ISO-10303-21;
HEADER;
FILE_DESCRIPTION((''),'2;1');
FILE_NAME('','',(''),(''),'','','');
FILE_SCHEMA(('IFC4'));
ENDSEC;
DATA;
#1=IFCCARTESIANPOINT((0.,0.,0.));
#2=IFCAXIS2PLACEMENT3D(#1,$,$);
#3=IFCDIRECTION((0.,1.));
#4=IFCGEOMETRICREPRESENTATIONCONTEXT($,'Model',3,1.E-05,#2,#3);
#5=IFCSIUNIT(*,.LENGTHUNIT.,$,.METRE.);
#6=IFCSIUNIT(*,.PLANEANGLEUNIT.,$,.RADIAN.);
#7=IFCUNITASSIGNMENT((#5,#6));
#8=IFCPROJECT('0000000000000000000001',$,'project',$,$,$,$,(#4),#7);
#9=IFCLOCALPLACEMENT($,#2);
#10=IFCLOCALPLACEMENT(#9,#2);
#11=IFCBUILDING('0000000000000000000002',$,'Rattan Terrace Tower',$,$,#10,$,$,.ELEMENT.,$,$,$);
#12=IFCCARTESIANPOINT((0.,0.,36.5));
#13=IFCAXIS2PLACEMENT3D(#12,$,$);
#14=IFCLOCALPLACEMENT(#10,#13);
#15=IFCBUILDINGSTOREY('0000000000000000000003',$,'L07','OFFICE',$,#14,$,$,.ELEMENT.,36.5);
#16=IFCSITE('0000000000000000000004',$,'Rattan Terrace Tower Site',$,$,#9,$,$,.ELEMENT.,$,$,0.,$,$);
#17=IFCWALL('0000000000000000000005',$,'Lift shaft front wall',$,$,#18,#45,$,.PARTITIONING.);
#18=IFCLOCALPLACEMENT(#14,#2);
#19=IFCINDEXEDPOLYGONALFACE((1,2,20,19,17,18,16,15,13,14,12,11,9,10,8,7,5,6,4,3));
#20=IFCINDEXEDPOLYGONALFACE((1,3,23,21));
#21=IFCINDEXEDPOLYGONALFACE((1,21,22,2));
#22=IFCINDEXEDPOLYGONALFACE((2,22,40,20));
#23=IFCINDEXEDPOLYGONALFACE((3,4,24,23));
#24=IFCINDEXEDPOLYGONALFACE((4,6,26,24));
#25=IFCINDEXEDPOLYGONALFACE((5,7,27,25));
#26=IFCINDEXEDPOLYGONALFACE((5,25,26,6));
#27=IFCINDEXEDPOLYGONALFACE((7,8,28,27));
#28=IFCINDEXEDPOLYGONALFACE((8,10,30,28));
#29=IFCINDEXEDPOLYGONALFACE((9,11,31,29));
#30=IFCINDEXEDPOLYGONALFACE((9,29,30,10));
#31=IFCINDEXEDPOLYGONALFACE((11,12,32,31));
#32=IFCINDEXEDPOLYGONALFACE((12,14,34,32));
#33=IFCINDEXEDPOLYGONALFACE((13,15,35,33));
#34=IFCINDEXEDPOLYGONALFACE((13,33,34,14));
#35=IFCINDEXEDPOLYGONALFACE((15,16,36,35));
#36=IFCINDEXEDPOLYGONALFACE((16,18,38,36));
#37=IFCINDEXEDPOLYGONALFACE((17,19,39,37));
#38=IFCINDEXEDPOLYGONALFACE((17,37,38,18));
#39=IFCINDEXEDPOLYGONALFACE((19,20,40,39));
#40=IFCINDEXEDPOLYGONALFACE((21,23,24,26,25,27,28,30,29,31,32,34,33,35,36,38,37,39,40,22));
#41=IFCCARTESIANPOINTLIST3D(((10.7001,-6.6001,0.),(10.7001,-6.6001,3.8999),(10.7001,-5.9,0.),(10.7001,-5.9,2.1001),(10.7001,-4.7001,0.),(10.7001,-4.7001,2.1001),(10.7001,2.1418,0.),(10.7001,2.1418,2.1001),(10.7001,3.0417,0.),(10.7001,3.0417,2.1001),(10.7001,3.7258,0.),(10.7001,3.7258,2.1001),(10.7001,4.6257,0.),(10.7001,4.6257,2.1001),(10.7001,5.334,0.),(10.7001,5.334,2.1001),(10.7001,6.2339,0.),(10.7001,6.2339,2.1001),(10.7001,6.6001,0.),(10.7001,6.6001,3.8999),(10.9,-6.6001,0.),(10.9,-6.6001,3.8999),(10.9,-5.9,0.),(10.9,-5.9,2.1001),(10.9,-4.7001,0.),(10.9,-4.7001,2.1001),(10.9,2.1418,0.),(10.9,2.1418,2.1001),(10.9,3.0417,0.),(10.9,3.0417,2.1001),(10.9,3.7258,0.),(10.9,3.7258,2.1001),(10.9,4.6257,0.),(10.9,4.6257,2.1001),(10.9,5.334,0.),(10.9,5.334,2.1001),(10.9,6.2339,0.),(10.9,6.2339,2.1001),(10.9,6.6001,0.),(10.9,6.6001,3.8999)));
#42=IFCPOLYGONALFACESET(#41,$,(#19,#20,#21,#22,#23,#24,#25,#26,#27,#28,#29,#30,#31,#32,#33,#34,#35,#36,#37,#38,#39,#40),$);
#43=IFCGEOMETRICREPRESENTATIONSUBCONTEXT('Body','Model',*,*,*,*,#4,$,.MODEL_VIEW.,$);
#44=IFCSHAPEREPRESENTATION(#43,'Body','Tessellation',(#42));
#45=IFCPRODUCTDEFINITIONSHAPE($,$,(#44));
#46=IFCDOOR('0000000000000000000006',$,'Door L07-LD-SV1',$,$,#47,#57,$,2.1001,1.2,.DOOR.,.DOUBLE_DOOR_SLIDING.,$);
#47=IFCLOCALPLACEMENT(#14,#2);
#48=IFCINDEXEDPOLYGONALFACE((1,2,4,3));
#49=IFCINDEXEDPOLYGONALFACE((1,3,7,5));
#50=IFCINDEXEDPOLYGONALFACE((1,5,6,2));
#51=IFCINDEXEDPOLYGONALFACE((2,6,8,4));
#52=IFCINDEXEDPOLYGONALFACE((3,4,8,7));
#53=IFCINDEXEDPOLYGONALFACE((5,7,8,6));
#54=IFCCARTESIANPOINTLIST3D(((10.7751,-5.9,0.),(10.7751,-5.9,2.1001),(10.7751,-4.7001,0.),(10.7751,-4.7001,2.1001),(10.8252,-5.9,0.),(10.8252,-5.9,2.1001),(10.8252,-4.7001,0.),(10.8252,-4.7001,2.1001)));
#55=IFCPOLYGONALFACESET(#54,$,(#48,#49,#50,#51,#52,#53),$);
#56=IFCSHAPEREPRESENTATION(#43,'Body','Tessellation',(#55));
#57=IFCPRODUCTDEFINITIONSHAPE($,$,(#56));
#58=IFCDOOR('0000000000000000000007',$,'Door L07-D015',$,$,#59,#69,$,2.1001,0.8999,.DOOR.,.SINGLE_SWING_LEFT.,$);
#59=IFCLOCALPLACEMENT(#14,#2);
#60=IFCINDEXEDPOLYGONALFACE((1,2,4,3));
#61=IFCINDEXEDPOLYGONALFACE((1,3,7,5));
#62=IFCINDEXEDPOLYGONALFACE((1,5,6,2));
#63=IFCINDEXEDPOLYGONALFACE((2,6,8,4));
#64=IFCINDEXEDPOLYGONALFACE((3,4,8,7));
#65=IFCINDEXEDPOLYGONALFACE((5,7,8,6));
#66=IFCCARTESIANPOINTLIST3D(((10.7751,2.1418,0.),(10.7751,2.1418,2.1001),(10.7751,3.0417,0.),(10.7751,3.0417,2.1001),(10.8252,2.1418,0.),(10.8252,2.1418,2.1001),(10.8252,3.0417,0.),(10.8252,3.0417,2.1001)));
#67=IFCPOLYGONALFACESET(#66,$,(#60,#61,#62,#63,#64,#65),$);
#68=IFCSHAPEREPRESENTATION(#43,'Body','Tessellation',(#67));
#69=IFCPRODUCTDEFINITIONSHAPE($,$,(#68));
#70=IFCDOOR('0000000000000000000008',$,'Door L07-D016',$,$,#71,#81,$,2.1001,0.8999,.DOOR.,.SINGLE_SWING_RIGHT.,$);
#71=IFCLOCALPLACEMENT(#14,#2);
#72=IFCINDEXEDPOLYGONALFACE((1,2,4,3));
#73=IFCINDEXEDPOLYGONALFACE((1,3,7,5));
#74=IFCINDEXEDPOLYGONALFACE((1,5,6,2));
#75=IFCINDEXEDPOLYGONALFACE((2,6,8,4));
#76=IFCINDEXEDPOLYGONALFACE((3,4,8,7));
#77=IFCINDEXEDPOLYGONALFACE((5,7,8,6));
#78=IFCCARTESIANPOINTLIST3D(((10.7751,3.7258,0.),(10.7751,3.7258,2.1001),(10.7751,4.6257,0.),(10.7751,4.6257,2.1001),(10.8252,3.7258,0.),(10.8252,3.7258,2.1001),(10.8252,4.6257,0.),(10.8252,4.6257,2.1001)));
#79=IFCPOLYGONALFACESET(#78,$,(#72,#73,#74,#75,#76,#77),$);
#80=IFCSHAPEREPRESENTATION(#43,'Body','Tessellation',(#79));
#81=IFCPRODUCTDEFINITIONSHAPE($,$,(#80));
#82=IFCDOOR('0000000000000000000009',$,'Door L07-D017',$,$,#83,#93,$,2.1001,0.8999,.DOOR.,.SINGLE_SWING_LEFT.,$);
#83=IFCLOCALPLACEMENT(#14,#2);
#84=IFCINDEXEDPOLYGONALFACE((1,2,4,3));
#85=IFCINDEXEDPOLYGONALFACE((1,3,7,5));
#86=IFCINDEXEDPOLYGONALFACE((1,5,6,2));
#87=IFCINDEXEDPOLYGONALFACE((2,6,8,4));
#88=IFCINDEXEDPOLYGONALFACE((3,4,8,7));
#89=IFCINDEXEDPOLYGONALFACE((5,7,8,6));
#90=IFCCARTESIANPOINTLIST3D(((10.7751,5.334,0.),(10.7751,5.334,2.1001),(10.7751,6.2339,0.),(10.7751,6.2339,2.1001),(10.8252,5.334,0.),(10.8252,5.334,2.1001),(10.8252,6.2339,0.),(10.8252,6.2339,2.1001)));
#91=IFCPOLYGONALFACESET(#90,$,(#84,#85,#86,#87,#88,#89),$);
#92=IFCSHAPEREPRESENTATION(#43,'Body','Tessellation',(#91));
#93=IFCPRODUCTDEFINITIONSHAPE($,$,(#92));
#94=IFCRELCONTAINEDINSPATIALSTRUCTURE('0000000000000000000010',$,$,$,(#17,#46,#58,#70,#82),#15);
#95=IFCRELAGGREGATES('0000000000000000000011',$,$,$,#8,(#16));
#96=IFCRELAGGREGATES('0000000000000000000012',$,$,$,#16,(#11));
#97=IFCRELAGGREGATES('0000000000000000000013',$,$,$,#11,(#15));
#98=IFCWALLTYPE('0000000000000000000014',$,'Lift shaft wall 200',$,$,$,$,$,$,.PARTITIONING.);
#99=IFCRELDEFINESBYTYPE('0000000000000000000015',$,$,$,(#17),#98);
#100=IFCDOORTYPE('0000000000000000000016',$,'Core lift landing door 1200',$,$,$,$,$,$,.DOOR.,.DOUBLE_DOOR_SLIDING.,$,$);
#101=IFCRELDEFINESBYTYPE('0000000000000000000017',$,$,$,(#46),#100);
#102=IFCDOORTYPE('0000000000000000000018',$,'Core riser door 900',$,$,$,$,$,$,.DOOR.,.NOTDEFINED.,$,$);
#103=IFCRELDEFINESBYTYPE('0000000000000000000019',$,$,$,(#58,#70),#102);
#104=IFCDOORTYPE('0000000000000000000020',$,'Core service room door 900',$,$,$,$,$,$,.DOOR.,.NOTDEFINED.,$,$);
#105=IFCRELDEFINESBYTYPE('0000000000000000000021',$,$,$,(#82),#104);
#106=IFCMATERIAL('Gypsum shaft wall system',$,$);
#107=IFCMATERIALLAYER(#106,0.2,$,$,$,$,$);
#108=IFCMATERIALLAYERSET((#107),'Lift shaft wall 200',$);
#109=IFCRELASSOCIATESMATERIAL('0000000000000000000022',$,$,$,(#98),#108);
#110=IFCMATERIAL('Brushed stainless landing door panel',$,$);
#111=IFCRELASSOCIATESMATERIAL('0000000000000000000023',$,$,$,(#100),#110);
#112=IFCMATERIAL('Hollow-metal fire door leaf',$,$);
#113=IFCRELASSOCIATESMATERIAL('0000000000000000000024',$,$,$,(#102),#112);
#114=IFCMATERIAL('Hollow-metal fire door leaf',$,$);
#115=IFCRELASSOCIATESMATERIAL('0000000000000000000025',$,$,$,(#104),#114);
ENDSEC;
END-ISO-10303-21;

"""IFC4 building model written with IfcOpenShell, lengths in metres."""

from ifc_helpers import new_model, si_unit, direction, frame, frame_2d, origin, place, context, subcontext, project, spatial, rectangle, extrude, material, layer, layer_set, type_object, element, fill, save


model = new_model("IFC4")

# Units and contexts
model_context = context("Model", 3, precision=1e-05, world=origin(), true_north=direction((0.0, 1.0)))
body_context = subcontext(model_context, "Body", "Model", "MODEL_VIEW")
ifc_project = project(units=[si_unit("LENGTHUNIT", "METRE"), si_unit("PLANEANGLEUNIT", "RADIAN")], contexts=[model_context])

# Site, building, storey
site_placement = place(None, origin())
site = spatial("IfcSite", under=ifc_project, at=site_placement, Name="Rattan Terrace Tower Site", CompositionType="ELEMENT", RefElevation=0.0)
building_placement = place(site_placement, origin())
building = spatial("IfcBuilding", under=site, at=building_placement, Name="Rattan Terrace Tower", CompositionType="ELEMENT")
storey_placement = place(building_placement, frame((0.0, 0.0, 36.5)))
storey = spatial("IfcBuildingStorey", under=building, at=storey_placement, Name="L07", Description="OFFICE", CompositionType="ELEMENT", Elevation=36.5)

# Wall, openings, doors
ifc_material_1 = material(Name="Gypsum shaft wall system")
ifc_layer_1 = layer(ifc_material_1, 0.2)
ifc_layer_set_1 = layer_set([ifc_layer_1], Name="Lift shaft wall 200")
wall_type_1 = type_object("IfcWallType", Name="Lift shaft wall 200", PredefinedType="PARTITIONING", material=ifc_layer_set_1)
wall_1_placement = place(storey_placement, frame((10.8, -6.6001, 0.0), z_axis=(0.0, 0.0, 1.0), x_axis=(0.0, 1.0, 0.0)))
wall_1 = element("IfcWall", 1, at=wall_1_placement, inside=storey, type_object=wall_type_1, Name="Lift shaft front wall", PredefinedType="PARTITIONING", context=body_context, shape_type="SweptSolid", body=[
    extrude(rectangle(XDim=13.2002, YDim=0.2, at=frame_2d((6.6001, 0.0))), origin(), (0.0, 0.0, 1.0), 3.8999),
])
opening_1_placement = place(wall_1_placement, frame((0.7, 0.0, 0.0)))
opening_1 = element("IfcOpeningElement", 2, at=opening_1_placement, cuts=wall_1, PredefinedType="OPENING", context=body_context, shape_type="SweptSolid", body=[
    extrude(rectangle(XDim=1.2, YDim=2.1001, at=frame_2d((0.6001, 1.05))), frame((0.0, 0.1106, 0.0), z_axis=(0.0, -1.0, 0.0), x_axis=(1.0, 0.0, 0.0)), (0.0, 0.0, 1.0), 0.2209),
])
opening_2_placement = place(wall_1_placement, frame((8.7419, 0.0, 0.0)))
opening_2 = element("IfcOpeningElement", 3, at=opening_2_placement, cuts=wall_1, PredefinedType="OPENING", context=body_context, shape_type="SweptSolid", body=[
    extrude(rectangle(XDim=0.8999, YDim=2.1001, at=frame_2d((0.45, 1.05))), frame((0.0, 0.1106, 0.0), z_axis=(0.0, -1.0, 0.0), x_axis=(1.0, 0.0, 0.0)), (0.0, 0.0, 1.0), 0.2209),
])
opening_3_placement = place(wall_1_placement, frame((10.3259, 0.0, 0.0)))
opening_3 = element("IfcOpeningElement", 4, at=opening_3_placement, cuts=wall_1, PredefinedType="OPENING", context=body_context, shape_type="SweptSolid", body=[
    extrude(rectangle(XDim=0.8999, YDim=2.1001, at=frame_2d((0.45, 1.05))), frame((0.0, 0.1106, 0.0), z_axis=(0.0, -1.0, 0.0), x_axis=(1.0, 0.0, 0.0)), (0.0, 0.0, 1.0), 0.2209),
])
opening_4_placement = place(wall_1_placement, frame((11.9341, 0.0, 0.0)))
opening_4 = element("IfcOpeningElement", 5, at=opening_4_placement, cuts=wall_1, PredefinedType="OPENING", context=body_context, shape_type="SweptSolid", body=[
    extrude(rectangle(XDim=0.8999, YDim=2.1001, at=frame_2d((0.45, 1.05))), frame((0.0, 0.1106, 0.0), z_axis=(0.0, -1.0, 0.0), x_axis=(1.0, 0.0, 0.0)), (0.0, 0.0, 1.0), 0.2209),
])
ifc_material_2 = material(Name="Brushed stainless landing door panel")
door_type_1 = type_object("IfcDoorType", Name="Core lift landing door 1200", OperationType="DOUBLE_DOOR_SLIDING", PredefinedType="DOOR", material=ifc_material_2)
door_1_placement = place(opening_1_placement, origin())
door_1 = element("IfcDoor", 6, at=door_1_placement, inside=storey, type_object=door_type_1, Name="Door L07-LD-SV1", OperationType="DOUBLE_DOOR_SLIDING", OverallHeight=2.1001, OverallWidth=1.2, PredefinedType="DOOR", context=body_context, shape_type="SweptSolid", body=[
    extrude(rectangle(XDim=1.2, YDim=2.1001, at=frame_2d((0.6001, 1.05))), frame((0.0, 0.0249, 0.0), z_axis=(0.0, -1.0, 0.0), x_axis=(1.0, 0.0, 0.0)), (0.0, 0.0, 1.0), 0.05),
])
fill(opening_1, door_1)
ifc_material_3 = material(Name="Hollow-metal fire door leaf")
door_type_2 = type_object("IfcDoorType", Name="Core riser door 900", OperationType="NOTDEFINED", PredefinedType="DOOR", material=ifc_material_3)
door_2_placement = place(opening_2_placement, origin())
door_2 = element("IfcDoor", 7, at=door_2_placement, inside=storey, type_object=door_type_2, Name="Door L07-D015", OperationType="SINGLE_SWING_LEFT", OverallHeight=2.1001, OverallWidth=0.8999, PredefinedType="DOOR", context=body_context, shape_type="SweptSolid", body=[
    extrude(rectangle(XDim=0.8999, YDim=2.1001, at=frame_2d((0.45, 1.05))), frame((0.0, 0.0249, 0.0), z_axis=(0.0, -1.0, 0.0), x_axis=(1.0, 0.0, 0.0)), (0.0, 0.0, 1.0), 0.05),
])
fill(opening_2, door_2)
door_3_placement = place(opening_3_placement, origin())
door_3 = element("IfcDoor", 8, at=door_3_placement, inside=storey, type_object=door_type_2, Name="Door L07-D016", OperationType="SINGLE_SWING_RIGHT", OverallHeight=2.1001, OverallWidth=0.8999, PredefinedType="DOOR", context=body_context, shape_type="SweptSolid", body=[
    extrude(rectangle(XDim=0.8999, YDim=2.1001, at=frame_2d((0.45, 1.05))), frame((0.0, 0.0249, 0.0), z_axis=(0.0, -1.0, 0.0), x_axis=(1.0, 0.0, 0.0)), (0.0, 0.0, 1.0), 0.05),
])
fill(opening_3, door_3)
ifc_material_4 = material(Name="Hollow-metal fire door leaf")
door_type_3 = type_object("IfcDoorType", Name="Core service room door 900", OperationType="NOTDEFINED", PredefinedType="DOOR", material=ifc_material_4)
door_4_placement = place(opening_4_placement, origin())
door_4 = element("IfcDoor", 9, at=door_4_placement, inside=storey, type_object=door_type_3, Name="Door L07-D017", OperationType="SINGLE_SWING_LEFT", OverallHeight=2.1001, OverallWidth=0.8999, PredefinedType="DOOR", context=body_context, shape_type="SweptSolid", body=[
    extrude(rectangle(XDim=0.8999, YDim=2.1001, at=frame_2d((0.45, 1.05))), frame((0.0, 0.0249, 0.0), z_axis=(0.0, -1.0, 0.0), x_axis=(1.0, 0.0, 0.0)), (0.0, 0.0, 1.0), 0.05),
])
fill(opening_4, door_4)

save(model, "model.ifc")
